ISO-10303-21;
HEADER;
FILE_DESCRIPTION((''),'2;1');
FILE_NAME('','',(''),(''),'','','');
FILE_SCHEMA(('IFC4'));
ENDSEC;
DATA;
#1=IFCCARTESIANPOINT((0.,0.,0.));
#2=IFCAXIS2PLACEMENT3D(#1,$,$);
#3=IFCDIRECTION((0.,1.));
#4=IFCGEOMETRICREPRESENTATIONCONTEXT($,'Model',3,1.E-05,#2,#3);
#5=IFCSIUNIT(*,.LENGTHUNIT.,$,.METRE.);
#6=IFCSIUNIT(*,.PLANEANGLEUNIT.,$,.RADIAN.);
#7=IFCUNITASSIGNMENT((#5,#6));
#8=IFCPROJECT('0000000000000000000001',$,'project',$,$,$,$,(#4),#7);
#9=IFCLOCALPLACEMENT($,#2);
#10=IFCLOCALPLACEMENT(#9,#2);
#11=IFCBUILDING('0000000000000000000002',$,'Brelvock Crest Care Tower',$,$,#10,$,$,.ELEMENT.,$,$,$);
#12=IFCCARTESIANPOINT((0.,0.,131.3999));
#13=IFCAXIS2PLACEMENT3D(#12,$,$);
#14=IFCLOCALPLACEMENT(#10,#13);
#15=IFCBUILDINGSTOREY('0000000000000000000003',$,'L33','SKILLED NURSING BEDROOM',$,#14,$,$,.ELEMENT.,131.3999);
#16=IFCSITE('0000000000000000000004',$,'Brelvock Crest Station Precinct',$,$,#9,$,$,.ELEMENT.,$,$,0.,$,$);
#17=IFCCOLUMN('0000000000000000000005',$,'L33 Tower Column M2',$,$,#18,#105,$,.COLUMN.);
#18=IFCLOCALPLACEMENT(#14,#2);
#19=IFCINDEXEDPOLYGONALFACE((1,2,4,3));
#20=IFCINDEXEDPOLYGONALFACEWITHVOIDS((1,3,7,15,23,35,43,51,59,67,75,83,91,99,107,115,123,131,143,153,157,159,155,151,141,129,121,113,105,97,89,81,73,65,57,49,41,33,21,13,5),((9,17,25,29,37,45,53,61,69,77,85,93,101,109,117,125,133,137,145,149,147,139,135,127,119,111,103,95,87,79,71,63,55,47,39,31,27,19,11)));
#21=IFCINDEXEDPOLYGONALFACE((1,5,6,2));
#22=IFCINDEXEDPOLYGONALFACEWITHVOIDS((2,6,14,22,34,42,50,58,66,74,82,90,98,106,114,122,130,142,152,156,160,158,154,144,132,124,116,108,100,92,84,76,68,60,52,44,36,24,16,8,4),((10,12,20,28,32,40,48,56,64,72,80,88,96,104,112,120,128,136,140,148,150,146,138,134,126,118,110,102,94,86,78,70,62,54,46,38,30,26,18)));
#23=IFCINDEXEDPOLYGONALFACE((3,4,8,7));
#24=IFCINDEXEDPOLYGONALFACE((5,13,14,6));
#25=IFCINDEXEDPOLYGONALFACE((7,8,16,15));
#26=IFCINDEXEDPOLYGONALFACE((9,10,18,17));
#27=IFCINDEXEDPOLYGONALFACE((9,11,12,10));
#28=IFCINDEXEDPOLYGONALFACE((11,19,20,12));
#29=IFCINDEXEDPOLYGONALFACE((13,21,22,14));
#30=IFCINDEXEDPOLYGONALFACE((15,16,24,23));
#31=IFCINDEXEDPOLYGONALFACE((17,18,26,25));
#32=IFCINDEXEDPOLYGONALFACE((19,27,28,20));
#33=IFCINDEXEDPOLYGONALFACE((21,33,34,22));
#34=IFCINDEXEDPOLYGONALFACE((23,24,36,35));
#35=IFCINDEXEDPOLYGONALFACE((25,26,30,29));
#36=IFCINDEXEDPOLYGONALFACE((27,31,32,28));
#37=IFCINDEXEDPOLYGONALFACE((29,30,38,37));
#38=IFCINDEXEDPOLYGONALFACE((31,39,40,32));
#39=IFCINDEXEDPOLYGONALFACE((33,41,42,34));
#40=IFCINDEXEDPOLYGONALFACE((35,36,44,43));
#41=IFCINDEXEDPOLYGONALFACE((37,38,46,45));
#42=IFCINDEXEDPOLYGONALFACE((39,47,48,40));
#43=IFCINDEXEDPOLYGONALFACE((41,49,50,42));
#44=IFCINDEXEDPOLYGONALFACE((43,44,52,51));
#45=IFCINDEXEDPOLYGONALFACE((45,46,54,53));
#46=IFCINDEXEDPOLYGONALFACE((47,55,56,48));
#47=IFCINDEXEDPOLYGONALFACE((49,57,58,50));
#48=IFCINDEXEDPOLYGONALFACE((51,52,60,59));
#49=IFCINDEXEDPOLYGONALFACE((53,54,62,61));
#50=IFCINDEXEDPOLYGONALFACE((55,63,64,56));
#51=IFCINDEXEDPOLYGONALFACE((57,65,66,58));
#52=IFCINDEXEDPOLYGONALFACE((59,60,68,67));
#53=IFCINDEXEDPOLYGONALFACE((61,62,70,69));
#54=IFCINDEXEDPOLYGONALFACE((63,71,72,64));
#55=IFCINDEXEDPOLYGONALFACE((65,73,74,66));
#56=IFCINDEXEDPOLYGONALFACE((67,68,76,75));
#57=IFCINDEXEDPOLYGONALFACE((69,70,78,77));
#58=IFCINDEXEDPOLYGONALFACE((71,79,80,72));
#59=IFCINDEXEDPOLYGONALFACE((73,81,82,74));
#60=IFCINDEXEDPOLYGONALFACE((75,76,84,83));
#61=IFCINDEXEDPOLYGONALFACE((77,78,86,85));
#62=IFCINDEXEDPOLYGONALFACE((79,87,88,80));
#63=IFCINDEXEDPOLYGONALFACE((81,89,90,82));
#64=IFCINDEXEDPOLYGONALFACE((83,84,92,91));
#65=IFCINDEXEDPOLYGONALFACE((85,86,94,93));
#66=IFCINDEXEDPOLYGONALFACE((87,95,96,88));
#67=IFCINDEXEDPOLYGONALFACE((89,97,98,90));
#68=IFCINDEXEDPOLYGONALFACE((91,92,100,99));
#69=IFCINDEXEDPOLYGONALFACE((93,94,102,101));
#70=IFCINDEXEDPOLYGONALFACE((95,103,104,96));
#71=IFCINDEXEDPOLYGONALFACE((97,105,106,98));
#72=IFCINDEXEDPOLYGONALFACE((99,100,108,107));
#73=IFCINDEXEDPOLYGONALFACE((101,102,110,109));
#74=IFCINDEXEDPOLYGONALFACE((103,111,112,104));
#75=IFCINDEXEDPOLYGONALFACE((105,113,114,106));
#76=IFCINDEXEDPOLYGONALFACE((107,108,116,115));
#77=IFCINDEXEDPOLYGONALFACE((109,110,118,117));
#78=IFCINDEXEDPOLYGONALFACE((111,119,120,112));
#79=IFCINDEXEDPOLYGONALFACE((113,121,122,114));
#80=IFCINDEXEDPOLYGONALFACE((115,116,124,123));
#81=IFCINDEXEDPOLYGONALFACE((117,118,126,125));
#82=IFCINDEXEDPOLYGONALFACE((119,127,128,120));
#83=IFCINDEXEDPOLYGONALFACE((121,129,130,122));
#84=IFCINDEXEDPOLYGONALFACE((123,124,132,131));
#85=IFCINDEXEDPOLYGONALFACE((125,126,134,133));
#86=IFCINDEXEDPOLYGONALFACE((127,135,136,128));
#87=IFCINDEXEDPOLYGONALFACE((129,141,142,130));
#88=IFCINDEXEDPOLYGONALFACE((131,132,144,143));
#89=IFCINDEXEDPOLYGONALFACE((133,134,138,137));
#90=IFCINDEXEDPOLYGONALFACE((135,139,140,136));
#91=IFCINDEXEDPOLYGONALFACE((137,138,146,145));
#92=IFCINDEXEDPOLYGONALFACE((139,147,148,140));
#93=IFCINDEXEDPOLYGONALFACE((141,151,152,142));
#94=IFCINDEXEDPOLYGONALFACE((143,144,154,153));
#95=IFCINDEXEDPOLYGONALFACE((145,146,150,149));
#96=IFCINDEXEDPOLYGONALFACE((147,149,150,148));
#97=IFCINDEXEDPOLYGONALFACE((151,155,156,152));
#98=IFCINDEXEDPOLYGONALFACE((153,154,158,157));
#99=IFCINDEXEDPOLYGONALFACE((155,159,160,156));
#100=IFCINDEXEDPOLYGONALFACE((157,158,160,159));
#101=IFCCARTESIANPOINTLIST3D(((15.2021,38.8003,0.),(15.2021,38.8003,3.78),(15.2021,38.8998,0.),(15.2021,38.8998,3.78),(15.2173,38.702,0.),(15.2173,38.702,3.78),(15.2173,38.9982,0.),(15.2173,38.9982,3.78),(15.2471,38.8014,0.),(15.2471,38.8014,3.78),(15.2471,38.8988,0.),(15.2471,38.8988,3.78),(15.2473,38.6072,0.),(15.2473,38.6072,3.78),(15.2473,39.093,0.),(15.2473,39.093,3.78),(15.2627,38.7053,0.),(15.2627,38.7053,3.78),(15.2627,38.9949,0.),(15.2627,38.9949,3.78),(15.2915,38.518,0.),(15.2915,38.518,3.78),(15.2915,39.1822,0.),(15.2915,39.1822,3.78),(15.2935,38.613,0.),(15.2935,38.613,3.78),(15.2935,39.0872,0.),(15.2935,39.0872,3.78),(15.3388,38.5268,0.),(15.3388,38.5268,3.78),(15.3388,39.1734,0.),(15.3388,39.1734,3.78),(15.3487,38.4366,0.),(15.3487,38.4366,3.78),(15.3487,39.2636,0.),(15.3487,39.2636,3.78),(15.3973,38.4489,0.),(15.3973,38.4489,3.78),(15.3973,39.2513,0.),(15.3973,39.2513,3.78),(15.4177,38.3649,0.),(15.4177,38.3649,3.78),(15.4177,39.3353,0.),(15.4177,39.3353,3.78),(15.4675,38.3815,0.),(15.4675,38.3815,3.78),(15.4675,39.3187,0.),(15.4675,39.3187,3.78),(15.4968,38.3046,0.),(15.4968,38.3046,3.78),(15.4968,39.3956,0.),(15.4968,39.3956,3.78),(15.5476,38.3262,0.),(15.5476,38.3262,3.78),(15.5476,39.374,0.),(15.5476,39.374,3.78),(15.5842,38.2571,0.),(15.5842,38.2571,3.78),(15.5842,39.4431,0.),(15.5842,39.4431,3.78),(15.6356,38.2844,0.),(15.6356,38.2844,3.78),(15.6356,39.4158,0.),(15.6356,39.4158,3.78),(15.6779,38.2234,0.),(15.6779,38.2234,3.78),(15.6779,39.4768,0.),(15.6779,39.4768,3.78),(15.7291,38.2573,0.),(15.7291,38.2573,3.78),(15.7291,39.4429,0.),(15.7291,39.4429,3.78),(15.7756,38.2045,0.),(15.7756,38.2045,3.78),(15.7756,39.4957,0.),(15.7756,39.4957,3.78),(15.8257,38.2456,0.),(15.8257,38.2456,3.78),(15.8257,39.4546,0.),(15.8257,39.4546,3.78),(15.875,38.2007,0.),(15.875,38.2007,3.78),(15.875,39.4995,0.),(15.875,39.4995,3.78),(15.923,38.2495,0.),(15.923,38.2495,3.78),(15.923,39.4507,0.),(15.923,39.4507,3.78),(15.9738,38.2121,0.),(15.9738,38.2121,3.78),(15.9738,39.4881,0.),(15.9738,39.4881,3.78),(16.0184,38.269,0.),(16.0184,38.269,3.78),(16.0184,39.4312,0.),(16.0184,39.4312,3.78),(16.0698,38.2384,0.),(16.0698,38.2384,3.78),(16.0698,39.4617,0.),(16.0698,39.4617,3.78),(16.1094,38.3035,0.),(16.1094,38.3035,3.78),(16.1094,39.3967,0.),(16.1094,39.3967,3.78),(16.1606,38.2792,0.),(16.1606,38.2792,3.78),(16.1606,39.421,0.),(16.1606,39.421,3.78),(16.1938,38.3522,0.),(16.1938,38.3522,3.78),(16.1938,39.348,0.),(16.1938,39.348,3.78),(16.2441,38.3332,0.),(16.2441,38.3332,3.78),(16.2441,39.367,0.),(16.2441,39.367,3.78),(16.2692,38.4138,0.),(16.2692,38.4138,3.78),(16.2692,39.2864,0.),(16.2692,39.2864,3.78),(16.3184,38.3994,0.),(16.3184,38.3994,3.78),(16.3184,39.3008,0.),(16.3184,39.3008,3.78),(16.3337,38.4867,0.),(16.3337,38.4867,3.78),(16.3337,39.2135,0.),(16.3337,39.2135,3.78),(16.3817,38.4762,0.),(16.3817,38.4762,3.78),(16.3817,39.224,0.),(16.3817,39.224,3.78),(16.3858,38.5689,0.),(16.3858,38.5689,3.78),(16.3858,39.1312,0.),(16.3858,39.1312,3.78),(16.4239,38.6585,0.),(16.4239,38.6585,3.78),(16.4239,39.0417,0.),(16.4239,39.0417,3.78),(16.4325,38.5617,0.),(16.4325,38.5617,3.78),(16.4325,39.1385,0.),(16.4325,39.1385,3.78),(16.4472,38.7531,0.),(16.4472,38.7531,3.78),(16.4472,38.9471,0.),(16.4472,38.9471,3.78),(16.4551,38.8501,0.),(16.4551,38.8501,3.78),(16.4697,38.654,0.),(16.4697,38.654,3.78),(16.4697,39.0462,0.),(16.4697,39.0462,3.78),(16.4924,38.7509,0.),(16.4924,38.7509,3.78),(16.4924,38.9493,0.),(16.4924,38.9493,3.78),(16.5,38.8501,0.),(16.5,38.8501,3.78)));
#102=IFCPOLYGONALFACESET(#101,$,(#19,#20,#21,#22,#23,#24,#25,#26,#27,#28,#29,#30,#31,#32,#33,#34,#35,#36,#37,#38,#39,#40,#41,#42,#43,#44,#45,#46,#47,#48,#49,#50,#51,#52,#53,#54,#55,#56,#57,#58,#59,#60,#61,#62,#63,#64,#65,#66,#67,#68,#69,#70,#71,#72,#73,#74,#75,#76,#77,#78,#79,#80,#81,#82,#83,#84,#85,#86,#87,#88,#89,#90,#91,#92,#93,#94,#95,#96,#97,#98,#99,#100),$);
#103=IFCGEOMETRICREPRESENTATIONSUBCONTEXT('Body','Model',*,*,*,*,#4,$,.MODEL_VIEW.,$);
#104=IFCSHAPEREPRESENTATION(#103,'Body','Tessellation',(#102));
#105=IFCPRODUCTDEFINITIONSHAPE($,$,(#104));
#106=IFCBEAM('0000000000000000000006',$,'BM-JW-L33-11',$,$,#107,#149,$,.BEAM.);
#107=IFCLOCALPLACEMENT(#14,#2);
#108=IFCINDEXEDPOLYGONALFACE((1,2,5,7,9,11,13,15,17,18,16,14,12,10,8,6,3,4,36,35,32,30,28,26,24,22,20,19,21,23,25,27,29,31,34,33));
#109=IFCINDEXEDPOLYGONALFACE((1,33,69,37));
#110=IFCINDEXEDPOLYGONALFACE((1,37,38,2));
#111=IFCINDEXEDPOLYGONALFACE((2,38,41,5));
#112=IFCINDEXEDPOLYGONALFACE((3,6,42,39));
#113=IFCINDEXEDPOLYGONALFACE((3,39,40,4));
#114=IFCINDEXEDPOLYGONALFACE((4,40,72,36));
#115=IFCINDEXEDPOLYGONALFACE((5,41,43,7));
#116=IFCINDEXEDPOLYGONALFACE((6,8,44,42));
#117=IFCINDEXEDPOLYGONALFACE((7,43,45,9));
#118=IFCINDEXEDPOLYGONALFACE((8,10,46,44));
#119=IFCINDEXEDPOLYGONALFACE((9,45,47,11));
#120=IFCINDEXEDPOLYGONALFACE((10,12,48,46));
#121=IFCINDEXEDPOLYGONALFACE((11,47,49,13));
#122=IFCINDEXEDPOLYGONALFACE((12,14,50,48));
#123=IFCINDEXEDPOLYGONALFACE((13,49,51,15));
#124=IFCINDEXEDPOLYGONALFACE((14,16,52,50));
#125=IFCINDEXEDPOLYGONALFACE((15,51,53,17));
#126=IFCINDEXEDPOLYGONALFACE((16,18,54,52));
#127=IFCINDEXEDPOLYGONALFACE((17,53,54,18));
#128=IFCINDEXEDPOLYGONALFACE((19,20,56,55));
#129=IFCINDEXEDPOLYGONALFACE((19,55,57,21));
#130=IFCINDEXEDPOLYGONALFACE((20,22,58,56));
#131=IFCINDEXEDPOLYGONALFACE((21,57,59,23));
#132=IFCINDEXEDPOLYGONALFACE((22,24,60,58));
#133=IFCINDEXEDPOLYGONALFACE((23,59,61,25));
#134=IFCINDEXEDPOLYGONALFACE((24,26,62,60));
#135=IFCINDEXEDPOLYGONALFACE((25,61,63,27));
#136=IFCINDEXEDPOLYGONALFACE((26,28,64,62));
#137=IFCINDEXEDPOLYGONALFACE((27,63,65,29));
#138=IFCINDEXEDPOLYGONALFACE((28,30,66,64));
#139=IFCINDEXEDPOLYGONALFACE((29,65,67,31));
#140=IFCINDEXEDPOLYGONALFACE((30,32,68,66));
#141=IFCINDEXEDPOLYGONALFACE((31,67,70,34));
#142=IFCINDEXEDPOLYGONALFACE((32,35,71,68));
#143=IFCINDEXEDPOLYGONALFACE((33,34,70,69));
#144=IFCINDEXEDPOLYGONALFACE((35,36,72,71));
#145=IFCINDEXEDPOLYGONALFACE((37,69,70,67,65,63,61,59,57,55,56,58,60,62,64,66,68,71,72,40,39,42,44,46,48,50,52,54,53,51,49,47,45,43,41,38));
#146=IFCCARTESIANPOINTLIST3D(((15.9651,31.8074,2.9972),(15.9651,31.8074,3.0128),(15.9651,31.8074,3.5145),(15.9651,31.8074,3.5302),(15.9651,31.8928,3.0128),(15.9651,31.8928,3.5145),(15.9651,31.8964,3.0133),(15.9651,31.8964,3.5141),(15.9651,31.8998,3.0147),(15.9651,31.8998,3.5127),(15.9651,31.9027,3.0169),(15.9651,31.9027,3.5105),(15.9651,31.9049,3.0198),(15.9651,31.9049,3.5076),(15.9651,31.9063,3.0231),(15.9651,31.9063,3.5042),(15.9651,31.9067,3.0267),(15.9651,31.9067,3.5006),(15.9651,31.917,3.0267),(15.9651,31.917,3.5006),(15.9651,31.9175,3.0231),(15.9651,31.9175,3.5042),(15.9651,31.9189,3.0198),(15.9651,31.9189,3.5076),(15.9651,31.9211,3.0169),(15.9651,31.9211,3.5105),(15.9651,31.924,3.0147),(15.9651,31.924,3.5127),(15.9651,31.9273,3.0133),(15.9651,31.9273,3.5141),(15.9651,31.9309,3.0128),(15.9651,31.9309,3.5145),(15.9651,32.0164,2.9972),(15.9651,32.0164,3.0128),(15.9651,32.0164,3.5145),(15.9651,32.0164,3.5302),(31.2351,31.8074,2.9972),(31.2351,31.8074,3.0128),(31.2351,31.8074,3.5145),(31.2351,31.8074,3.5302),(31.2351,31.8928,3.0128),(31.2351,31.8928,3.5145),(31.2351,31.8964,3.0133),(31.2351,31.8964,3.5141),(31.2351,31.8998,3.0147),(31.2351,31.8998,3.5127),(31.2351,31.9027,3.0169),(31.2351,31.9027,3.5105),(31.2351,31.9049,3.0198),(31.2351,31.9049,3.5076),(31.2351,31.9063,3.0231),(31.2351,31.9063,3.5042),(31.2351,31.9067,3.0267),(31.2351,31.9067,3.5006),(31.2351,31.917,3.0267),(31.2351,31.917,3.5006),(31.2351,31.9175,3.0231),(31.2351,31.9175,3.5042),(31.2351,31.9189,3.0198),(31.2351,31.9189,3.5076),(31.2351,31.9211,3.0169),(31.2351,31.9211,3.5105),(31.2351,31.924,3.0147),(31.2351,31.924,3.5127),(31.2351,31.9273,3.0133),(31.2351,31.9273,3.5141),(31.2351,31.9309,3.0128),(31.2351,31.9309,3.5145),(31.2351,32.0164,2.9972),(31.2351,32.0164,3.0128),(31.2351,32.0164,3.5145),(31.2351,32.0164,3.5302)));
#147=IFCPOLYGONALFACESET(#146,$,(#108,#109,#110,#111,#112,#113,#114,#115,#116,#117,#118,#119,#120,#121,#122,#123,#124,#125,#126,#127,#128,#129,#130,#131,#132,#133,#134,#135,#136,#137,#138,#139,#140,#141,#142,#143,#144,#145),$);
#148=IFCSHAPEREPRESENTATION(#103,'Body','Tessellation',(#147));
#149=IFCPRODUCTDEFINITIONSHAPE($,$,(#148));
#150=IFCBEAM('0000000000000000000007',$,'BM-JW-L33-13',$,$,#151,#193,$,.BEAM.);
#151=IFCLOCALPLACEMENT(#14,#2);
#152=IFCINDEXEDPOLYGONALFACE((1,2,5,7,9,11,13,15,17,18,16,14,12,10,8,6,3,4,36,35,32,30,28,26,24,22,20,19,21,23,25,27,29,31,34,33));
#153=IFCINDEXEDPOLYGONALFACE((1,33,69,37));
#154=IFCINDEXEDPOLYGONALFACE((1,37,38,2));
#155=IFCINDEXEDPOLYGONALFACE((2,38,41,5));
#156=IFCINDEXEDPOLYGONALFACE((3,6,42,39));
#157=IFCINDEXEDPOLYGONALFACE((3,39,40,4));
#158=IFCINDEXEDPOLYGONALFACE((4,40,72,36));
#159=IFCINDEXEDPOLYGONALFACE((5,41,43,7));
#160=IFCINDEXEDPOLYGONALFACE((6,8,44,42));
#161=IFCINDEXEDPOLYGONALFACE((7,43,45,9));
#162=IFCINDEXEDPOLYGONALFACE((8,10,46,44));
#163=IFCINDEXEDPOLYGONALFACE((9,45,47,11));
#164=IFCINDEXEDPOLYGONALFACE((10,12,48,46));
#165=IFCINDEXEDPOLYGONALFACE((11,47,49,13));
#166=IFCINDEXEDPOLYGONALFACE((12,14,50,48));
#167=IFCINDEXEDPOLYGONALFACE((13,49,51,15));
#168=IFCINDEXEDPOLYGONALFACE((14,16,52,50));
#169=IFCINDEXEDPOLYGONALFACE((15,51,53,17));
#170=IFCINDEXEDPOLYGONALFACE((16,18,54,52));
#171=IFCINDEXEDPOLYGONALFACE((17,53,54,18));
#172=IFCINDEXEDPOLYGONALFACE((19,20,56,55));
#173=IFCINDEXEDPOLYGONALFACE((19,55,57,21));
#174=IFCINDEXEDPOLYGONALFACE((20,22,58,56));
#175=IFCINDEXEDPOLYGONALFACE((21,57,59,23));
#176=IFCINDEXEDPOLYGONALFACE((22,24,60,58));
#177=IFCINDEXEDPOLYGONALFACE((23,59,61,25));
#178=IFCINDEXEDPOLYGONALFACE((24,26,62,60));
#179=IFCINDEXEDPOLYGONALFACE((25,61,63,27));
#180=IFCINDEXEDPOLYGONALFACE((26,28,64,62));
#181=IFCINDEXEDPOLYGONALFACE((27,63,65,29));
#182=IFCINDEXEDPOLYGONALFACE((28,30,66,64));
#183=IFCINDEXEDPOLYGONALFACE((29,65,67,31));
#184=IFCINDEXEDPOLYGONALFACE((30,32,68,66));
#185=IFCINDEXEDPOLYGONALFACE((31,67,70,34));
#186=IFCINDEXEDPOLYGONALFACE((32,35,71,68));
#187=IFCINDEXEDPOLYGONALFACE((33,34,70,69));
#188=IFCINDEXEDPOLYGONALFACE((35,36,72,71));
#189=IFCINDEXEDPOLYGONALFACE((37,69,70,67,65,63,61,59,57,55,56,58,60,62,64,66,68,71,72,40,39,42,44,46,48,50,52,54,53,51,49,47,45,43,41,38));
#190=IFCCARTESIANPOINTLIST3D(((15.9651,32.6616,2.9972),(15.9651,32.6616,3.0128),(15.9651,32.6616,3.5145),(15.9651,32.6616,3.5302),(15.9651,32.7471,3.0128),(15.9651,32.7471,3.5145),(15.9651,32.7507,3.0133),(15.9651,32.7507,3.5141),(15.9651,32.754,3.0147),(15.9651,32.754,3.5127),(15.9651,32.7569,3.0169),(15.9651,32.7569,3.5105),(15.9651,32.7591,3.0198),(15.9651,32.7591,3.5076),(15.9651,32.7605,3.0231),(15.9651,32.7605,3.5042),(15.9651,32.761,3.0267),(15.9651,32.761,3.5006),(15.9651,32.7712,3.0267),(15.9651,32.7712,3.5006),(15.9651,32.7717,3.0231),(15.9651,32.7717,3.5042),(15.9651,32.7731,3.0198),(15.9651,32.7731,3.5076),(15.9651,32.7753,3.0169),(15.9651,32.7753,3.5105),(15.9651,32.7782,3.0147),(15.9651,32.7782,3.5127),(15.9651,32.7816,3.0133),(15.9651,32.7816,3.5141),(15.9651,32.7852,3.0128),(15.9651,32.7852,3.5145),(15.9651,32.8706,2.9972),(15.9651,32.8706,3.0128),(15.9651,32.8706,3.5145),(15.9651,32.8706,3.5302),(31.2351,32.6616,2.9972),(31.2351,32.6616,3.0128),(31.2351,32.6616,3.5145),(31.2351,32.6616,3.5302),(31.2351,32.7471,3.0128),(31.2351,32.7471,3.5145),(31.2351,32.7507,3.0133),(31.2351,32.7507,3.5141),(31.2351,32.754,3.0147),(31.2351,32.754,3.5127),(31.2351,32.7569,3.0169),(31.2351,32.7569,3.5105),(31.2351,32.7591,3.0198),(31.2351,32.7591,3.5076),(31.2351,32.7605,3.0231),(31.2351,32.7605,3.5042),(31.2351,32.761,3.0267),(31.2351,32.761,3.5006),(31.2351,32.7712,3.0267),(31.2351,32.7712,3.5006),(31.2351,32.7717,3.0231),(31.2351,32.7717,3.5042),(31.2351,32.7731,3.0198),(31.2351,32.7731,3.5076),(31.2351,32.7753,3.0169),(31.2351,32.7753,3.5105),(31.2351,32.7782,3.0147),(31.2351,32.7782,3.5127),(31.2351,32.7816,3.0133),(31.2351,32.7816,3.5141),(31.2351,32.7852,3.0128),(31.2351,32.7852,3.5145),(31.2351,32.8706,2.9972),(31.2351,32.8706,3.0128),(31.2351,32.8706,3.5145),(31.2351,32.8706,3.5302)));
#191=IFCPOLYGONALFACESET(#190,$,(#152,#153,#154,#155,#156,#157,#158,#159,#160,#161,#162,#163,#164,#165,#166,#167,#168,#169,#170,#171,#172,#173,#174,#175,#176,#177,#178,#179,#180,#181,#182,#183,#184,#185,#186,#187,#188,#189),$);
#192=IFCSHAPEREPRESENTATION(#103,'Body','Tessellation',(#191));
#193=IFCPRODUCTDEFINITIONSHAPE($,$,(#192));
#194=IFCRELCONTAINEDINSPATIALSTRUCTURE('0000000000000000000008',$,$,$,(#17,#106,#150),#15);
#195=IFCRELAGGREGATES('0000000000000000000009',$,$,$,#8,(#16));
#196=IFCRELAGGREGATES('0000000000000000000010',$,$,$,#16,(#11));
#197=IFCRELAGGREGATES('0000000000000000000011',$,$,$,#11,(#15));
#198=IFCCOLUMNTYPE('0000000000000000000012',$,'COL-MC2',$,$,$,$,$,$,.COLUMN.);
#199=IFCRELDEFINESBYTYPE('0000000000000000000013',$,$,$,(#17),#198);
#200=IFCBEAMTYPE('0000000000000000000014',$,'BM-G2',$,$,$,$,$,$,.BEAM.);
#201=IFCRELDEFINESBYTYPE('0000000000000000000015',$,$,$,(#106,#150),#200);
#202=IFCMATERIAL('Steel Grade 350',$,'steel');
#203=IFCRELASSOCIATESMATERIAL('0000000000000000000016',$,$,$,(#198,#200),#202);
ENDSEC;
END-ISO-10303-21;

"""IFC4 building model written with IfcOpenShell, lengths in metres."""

from ifc_helpers import new_model, si_unit, direction, frame, origin, origin_2d, place, context, subcontext, project, spatial, hollow_circle, i_section, extrude, source, transform, mapped, material, material_profile, profile_set, type_object, element, save


model = new_model("IFC4")

# Units and contexts
model_context = context("Model", 3, precision=1e-05, world=origin(), true_north=direction((0.0, 1.0)))
body_context = subcontext(model_context, "Body", "Model", "MODEL_VIEW")
ifc_project = project(units=[si_unit("LENGTHUNIT", "METRE"), si_unit("PLANEANGLEUNIT", "RADIAN")], contexts=[model_context])

# Site, building, storey
site_placement = place(None, origin())
site = spatial("IfcSite", under=ifc_project, at=site_placement, Name="Brelvock Crest Station Precinct", CompositionType="ELEMENT", RefElevation=0.0)
building_placement = place(site_placement, origin())
building = spatial("IfcBuilding", under=site, at=building_placement, Name="Brelvock Crest Care Tower", CompositionType="ELEMENT")
storey_placement = place(building_placement, frame((0.0, 0.0, 131.3999)))
storey = spatial("IfcBuildingStorey", under=building, at=storey_placement, Name="L33", Description="SKILLED NURSING BEDROOM", CompositionType="ELEMENT", Elevation=131.3999)

# Column
ifc_material_1 = material(Name="Steel Grade 350", Category="steel")
ifc_material_profile_1 = material_profile(ifc_material_1, hollow_circle(Radius=0.6499, WallThickness=0.0449, at=origin_2d()), Name="CFT1300x45")
ifc_profile_set_1 = profile_set([ifc_material_profile_1], Name="Steel Grade 350")
column_type = type_object("IfcColumnType", Name="COL-MC2", PredefinedType="COLUMN", material=ifc_profile_set_1)
shared_shape_1 = source(origin(), body_context, "Body", "SweptSolid", [
    extrude(hollow_circle(Radius=0.6499, WallThickness=0.0449, at=origin_2d()), origin(), (0.0, 0.0, 1.0), 3.78),
])
column_placement = place(storey_placement, frame((15.8501, 38.8501, 0.0), z_axis=(0.0, 0.0, 1.0), x_axis=(1.0, 0.0, 0.0)))
element("IfcColumn", 1, at=column_placement, inside=storey, type_object=column_type, Name="L33 Tower Column M2", PredefinedType="COLUMN", context=body_context, shape_type="MappedRepresentation", body=[
    mapped(shared_shape_1, transform((0.0, 0.0, 0.0), x_axis=(1.0, 0.0, 0.0), y_axis=(0.0, 1.0, 0.0), z_axis=(0.0, 0.0, 1.0), scale=1.0)),
])

# Beams
ifc_material_profile_2 = material_profile(ifc_material_1, i_section(OverallWidth=0.209, OverallDepth=0.533, WebThickness=0.0103, FlangeThickness=0.0156, FilletRadius=0.0139, at=origin_2d()), Name="530UB92.4")
ifc_profile_set_2 = profile_set([ifc_material_profile_2], Name="Steel Grade 350")
beam_type_1 = type_object("IfcBeamType", Name="BM-G2", PredefinedType="BEAM", material=ifc_profile_set_2)
shared_shape_2 = source(origin(), body_context, "Body", "SweptSolid", [
    extrude(i_section(OverallWidth=0.209, OverallDepth=0.533, WebThickness=0.0103, FlangeThickness=0.0156, FilletRadius=0.0139, at=origin_2d()), origin(), (0.0, 0.0, 1.0), 15.27),
])
for number, where, z_axis, x_axis, name in (
    (2, (15.9651, 31.9119, 3.2637), (1.0, 0.0, 0.0), (0.0, 1.0, 0.0), "BM-JW-L33-11"),
    (3, (15.9651, 32.7661, 3.2637), (1.0, 0.0, 0.0), (0.0, 1.0, 0.0), "BM-JW-L33-13"),
):
    element("IfcBeam", number, at=place(storey_placement, frame(where, z_axis=z_axis, x_axis=x_axis)), inside=storey, type_object=beam_type_1, Name=name, PredefinedType="BEAM", context=body_context, shape_type="MappedRepresentation", body=[
        mapped(shared_shape_2, transform((0.0, 0.0, 0.0), x_axis=(1.0, 0.0, 0.0), y_axis=(0.0, 1.0, 0.0), z_axis=(0.0, 0.0, 1.0), scale=1.0)),
    ])

save(model, "model.ifc")
